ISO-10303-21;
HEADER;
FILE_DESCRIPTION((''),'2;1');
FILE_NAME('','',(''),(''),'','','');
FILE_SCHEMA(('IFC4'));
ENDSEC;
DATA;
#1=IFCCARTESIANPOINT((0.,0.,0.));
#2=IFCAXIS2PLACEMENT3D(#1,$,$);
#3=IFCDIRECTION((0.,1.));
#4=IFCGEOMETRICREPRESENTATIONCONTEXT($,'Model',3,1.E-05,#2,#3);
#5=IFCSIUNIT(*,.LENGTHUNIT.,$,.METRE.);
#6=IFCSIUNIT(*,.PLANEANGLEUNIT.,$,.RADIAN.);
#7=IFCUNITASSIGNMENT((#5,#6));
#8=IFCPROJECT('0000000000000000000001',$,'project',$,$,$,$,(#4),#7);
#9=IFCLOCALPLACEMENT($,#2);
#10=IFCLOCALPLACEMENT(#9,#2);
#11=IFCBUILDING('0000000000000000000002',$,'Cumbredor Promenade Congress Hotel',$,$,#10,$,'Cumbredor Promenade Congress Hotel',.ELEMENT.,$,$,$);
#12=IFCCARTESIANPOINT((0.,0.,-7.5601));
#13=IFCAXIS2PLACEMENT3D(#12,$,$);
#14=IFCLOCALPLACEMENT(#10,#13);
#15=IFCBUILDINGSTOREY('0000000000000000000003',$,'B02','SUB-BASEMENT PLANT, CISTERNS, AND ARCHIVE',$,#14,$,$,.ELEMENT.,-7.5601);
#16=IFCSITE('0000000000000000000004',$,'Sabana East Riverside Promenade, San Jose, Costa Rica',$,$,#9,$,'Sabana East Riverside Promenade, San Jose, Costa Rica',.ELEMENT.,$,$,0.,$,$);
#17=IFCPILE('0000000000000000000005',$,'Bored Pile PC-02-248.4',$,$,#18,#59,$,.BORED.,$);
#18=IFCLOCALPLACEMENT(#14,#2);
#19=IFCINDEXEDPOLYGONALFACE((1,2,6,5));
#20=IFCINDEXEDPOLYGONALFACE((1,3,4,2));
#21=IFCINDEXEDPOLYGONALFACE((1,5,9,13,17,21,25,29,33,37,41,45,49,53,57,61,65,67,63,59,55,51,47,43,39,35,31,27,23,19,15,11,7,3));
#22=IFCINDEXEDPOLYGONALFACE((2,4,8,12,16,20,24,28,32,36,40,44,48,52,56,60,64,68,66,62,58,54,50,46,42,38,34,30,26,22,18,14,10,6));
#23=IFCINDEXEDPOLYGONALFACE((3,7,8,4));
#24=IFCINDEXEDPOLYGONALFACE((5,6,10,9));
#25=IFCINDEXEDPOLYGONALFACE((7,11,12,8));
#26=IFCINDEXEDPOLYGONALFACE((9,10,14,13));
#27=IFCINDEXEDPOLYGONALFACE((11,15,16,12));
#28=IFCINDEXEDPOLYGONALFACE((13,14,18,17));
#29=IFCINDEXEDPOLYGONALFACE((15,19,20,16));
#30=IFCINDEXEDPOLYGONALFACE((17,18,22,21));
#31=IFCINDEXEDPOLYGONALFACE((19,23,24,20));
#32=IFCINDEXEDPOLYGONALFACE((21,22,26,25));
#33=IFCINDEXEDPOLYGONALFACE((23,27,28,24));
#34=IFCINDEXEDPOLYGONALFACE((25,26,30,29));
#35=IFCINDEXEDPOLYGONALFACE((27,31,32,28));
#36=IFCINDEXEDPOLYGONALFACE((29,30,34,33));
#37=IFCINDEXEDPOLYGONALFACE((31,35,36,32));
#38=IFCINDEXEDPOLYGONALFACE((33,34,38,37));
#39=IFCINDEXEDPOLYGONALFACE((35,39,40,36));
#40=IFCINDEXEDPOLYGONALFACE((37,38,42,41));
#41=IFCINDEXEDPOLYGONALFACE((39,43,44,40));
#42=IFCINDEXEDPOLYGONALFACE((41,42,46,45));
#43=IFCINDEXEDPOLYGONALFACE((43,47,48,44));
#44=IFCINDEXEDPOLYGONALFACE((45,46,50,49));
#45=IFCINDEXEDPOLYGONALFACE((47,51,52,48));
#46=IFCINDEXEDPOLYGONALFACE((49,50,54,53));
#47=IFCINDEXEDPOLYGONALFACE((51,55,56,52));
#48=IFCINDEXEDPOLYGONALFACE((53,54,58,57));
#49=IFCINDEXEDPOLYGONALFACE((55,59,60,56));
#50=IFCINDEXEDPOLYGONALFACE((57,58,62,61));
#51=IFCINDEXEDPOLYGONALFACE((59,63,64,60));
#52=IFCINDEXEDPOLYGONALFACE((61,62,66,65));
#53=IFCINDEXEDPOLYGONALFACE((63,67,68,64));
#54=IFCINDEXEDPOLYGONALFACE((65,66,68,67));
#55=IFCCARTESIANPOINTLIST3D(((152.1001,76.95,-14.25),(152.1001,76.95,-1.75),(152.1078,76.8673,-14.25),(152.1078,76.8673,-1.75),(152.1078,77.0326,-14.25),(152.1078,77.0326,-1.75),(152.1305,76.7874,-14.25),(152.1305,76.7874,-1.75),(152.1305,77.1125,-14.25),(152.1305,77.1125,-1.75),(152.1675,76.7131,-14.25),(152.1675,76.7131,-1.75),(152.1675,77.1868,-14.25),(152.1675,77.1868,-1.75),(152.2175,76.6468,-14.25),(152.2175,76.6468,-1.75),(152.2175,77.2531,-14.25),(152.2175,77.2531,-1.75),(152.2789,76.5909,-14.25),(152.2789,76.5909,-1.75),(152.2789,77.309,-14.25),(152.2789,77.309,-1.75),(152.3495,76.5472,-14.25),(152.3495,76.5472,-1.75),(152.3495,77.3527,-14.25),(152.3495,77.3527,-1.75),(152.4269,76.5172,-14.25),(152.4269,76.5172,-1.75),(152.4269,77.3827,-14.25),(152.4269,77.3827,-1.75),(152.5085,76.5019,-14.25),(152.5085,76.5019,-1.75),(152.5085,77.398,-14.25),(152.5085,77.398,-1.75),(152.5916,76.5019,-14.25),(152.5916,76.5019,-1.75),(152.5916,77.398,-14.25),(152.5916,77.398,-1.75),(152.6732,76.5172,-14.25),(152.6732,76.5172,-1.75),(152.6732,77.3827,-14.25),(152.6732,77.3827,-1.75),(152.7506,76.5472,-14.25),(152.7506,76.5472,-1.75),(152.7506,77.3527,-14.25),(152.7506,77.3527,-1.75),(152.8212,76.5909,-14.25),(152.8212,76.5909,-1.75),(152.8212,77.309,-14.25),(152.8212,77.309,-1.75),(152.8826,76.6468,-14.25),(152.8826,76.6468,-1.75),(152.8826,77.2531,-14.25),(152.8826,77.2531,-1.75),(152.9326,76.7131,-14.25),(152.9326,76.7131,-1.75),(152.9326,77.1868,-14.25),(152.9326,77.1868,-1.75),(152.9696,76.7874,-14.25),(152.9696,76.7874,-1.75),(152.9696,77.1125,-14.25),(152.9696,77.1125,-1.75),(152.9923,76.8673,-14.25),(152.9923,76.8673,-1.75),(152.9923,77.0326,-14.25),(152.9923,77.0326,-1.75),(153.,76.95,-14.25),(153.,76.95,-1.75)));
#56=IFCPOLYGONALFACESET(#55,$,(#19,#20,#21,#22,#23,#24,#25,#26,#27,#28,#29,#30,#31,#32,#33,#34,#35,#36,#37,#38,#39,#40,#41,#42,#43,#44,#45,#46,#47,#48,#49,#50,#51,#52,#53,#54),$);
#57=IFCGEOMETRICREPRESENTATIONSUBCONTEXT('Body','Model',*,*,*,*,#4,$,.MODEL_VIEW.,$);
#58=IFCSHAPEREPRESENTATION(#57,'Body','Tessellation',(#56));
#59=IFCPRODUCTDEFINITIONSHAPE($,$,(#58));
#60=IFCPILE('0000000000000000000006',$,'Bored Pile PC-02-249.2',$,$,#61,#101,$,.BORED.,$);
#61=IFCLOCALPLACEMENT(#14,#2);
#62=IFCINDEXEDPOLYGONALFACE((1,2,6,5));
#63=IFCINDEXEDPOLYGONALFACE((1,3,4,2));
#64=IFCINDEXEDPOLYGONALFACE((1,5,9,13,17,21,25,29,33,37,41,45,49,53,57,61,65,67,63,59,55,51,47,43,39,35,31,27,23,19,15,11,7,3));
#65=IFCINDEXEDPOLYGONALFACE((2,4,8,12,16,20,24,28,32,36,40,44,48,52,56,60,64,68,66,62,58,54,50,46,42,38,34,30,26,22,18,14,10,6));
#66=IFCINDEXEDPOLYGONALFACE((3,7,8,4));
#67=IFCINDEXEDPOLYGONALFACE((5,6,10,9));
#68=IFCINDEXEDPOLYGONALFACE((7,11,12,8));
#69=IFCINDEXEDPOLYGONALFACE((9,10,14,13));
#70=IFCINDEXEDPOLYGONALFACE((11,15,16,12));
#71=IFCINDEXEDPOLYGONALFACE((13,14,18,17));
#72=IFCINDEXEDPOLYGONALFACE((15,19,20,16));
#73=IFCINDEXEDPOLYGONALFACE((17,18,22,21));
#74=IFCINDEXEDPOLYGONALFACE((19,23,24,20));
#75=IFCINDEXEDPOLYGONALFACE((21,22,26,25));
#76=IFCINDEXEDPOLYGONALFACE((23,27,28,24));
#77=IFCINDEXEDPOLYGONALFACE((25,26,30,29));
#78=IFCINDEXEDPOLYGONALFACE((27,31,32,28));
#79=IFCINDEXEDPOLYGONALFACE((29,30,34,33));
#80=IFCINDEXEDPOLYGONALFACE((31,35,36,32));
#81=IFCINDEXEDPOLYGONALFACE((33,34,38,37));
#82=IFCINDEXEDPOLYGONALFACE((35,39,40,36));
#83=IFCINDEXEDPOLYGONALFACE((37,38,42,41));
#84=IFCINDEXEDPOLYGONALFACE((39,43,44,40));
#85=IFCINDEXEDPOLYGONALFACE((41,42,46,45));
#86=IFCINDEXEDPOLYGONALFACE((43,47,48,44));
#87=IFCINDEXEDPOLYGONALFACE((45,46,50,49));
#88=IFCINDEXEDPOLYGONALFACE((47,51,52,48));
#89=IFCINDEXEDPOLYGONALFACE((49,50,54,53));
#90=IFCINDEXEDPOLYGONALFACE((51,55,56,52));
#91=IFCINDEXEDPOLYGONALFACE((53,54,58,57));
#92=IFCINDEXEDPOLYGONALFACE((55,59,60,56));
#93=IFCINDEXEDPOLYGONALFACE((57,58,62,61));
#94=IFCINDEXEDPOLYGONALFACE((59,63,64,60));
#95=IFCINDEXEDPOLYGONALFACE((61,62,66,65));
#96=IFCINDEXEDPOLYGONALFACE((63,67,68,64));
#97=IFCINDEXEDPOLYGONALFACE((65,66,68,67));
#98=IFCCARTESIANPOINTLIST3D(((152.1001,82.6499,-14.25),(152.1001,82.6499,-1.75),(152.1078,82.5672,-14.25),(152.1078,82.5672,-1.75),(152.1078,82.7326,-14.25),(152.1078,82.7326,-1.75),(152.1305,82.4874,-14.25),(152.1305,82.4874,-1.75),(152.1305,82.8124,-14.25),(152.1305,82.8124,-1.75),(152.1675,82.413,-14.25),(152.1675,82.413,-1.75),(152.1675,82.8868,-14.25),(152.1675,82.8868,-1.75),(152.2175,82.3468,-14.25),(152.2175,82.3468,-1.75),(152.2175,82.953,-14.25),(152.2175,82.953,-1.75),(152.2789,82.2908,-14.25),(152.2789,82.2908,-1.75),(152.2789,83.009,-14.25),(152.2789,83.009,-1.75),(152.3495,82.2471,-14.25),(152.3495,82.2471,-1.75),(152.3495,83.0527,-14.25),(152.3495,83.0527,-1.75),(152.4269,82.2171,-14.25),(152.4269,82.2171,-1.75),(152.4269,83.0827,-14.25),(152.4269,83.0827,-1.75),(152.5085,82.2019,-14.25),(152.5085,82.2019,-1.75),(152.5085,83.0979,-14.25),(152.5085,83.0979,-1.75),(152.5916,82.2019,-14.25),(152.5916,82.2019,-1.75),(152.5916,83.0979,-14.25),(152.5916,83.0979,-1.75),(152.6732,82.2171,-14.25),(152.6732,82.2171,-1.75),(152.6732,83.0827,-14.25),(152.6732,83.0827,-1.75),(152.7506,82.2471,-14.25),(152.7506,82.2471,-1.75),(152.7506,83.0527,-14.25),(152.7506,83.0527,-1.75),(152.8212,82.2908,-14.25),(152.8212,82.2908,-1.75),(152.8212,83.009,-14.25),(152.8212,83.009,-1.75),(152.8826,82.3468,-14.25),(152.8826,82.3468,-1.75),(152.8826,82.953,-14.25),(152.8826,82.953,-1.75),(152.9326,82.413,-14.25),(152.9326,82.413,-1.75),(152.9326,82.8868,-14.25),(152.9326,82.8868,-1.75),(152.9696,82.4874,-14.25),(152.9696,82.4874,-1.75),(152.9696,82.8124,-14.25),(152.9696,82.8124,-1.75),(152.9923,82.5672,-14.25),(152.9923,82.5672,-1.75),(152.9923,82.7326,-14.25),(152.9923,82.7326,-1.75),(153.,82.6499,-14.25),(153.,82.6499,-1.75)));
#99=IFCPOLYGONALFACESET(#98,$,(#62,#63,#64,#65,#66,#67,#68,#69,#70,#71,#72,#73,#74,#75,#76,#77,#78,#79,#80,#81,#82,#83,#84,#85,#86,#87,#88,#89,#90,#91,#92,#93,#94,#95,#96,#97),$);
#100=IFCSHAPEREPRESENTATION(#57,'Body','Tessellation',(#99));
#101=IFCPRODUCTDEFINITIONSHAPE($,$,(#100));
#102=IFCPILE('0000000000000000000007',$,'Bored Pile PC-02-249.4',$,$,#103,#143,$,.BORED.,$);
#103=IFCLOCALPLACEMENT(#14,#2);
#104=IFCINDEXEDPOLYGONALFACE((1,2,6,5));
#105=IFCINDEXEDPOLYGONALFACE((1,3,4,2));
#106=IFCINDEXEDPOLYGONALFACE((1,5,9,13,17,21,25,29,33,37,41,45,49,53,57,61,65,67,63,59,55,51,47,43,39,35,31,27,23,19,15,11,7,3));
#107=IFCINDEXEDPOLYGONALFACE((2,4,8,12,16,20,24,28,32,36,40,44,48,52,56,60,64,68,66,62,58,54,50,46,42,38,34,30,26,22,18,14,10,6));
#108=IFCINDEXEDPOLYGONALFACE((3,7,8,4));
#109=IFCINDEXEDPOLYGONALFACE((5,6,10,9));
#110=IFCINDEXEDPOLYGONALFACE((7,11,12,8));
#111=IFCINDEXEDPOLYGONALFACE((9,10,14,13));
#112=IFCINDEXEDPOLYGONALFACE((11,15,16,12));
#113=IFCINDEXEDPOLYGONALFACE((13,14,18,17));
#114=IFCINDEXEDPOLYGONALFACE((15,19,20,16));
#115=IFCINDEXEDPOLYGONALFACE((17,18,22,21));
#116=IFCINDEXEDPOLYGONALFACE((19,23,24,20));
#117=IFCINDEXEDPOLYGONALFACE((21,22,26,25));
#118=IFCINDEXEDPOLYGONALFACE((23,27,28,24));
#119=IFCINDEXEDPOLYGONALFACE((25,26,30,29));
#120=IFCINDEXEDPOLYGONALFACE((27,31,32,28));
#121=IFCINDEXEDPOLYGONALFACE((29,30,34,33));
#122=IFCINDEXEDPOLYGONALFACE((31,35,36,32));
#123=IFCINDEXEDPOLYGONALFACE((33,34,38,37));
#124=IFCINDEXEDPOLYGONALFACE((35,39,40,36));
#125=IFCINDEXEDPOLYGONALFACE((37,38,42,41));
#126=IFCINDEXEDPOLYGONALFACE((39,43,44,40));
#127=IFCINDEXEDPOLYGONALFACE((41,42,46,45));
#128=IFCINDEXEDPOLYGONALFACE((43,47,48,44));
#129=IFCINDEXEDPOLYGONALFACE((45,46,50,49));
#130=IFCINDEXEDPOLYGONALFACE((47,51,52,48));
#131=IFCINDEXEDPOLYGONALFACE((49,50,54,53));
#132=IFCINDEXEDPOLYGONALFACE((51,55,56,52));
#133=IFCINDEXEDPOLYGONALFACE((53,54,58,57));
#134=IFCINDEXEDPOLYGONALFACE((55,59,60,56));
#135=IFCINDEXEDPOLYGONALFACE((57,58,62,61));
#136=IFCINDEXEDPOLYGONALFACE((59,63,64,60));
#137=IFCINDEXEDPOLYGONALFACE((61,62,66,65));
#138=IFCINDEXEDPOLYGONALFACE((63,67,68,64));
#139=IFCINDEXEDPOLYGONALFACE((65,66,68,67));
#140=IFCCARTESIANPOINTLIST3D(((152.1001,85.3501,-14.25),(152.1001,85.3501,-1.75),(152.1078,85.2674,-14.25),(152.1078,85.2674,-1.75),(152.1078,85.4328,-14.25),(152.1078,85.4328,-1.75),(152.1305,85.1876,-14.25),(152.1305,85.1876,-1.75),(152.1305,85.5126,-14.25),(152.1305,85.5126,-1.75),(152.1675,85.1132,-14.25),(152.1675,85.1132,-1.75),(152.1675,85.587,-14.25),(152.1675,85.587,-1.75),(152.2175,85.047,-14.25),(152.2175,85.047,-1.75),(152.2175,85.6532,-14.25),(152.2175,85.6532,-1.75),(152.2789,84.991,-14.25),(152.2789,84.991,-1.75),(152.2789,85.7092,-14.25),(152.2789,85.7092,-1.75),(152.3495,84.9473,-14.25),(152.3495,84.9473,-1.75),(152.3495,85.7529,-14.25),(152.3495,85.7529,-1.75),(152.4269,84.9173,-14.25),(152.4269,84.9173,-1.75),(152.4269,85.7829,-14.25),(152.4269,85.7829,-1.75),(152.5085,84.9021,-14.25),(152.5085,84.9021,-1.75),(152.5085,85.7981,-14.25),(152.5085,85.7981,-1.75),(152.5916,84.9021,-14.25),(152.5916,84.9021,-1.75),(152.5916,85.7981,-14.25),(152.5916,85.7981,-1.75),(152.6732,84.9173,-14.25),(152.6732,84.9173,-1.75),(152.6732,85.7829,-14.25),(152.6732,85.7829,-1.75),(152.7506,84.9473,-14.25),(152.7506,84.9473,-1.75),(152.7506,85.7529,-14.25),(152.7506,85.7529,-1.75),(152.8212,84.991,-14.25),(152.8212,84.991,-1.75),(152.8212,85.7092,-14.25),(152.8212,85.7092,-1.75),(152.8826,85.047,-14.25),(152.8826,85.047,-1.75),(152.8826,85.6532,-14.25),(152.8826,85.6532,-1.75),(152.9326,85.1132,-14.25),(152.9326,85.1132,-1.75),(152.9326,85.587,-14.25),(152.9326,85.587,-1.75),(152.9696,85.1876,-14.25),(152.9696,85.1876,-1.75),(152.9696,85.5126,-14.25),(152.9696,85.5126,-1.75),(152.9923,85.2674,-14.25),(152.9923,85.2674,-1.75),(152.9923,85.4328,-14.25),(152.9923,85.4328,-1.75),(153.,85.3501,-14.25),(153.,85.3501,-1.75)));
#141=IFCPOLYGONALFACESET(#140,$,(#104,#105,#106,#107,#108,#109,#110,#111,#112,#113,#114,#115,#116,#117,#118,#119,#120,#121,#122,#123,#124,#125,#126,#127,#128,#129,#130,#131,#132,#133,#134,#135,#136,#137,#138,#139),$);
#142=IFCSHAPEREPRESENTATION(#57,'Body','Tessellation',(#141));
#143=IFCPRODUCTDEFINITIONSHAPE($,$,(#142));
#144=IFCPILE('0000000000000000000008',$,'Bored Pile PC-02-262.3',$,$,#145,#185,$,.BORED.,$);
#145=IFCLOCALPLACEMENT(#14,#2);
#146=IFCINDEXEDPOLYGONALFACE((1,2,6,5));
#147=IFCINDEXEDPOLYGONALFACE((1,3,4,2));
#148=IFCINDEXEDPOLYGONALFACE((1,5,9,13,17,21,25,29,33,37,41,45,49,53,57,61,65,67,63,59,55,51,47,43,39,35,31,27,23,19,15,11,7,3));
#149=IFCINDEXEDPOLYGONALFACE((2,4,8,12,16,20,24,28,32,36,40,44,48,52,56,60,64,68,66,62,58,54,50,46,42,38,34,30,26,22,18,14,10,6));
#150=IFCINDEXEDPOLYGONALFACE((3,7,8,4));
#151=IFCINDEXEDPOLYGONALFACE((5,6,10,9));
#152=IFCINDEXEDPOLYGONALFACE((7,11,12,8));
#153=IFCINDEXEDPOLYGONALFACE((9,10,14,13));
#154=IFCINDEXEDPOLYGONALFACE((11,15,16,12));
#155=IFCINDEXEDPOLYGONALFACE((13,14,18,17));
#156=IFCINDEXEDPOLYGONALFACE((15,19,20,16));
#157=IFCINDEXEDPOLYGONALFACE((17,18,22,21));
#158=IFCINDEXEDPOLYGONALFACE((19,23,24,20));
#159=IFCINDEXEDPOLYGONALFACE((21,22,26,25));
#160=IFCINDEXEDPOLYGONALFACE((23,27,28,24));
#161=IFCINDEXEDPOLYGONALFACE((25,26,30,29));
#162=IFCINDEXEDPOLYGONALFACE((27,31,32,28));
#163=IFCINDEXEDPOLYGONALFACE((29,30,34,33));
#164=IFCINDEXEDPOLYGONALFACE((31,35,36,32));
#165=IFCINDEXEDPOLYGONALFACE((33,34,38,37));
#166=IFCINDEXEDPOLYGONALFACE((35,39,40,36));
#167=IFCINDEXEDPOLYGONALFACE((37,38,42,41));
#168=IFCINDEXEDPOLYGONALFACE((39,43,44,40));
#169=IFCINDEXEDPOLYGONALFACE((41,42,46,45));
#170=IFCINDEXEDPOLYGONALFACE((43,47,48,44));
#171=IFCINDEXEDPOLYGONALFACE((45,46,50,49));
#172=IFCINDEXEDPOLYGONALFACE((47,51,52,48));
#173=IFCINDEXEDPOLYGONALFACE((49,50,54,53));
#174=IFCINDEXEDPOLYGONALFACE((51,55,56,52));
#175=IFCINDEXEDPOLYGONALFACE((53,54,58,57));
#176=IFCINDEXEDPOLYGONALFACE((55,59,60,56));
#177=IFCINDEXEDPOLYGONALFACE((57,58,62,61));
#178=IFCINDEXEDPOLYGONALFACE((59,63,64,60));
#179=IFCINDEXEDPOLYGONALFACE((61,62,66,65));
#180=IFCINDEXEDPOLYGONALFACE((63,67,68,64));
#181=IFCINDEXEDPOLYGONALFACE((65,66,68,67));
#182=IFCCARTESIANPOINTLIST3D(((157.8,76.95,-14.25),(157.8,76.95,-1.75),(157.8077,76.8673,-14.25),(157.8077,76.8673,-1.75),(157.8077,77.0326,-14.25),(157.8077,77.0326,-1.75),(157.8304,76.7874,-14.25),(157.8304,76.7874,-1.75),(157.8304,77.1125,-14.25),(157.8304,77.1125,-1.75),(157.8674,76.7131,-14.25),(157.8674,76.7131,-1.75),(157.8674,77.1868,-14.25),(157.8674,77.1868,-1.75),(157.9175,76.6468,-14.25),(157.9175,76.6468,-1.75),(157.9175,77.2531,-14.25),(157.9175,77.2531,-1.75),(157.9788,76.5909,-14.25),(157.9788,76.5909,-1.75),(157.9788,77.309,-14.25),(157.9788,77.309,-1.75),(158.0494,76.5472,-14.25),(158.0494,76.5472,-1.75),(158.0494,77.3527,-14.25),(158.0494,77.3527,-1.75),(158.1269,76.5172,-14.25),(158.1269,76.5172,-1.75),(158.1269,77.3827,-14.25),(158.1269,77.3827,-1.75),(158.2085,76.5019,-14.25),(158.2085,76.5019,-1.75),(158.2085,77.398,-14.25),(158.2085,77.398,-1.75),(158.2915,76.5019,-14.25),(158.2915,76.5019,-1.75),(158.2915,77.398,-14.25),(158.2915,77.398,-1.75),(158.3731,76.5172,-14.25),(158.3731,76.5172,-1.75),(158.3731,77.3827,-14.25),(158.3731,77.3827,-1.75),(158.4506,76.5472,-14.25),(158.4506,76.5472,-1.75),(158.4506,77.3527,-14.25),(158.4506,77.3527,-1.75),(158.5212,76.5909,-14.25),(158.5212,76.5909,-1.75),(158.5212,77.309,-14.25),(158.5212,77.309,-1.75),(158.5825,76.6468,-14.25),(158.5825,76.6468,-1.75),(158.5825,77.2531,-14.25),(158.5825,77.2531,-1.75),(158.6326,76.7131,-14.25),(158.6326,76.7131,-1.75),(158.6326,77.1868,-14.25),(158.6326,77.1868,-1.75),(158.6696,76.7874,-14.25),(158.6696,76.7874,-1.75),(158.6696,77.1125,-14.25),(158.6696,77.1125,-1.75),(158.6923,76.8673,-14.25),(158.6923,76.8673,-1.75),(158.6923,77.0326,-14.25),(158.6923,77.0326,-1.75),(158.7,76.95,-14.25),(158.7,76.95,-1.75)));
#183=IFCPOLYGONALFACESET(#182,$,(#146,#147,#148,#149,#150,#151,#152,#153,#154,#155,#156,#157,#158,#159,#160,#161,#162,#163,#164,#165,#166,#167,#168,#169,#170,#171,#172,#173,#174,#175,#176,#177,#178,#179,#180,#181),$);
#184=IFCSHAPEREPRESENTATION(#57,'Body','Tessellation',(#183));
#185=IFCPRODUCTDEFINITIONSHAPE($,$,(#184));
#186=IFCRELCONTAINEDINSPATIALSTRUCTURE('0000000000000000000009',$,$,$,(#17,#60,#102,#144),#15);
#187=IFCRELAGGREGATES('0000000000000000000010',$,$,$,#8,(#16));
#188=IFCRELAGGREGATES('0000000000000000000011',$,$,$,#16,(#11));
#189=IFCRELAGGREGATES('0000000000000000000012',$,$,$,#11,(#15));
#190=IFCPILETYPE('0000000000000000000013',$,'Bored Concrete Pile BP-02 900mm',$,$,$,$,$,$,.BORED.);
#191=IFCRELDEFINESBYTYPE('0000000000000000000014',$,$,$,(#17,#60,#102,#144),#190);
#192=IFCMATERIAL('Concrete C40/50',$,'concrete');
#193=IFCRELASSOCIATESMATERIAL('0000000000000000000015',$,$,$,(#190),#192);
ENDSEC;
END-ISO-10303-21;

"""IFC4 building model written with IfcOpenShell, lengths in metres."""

from ifc_helpers import new_model, si_unit, direction, frame, origin, origin_2d, place, context, subcontext, project, spatial, circle, extrude, material, material_profile, profile_set, type_object, element, save


model = new_model("IFC4")

# Units and contexts
model_context = context("Model", 3, precision=1e-05, world=origin(), true_north=direction((0.0, 1.0)))
body_context = subcontext(model_context, "Body", "Model", "MODEL_VIEW")
ifc_project = project(units=[si_unit("LENGTHUNIT", "METRE"), si_unit("PLANEANGLEUNIT", "RADIAN")], contexts=[model_context])

# Site, building, storey
site_placement = place(None, origin())
site = spatial("IfcSite", under=ifc_project, at=site_placement, Name="Sabana East Riverside Promenade, San Jose, Costa Rica", LongName="Sabana East Riverside Promenade, San Jose, Costa Rica", CompositionType="ELEMENT", RefElevation=0.0)
building_placement = place(site_placement, origin())
building = spatial("IfcBuilding", under=site, at=building_placement, Name="Cumbredor Promenade Congress Hotel", LongName="Cumbredor Promenade Congress Hotel", CompositionType="ELEMENT")
storey_placement = place(building_placement, frame((0.0, 0.0, -7.5601)))
storey = spatial("IfcBuildingStorey", under=building, at=storey_placement, Name="B02", Description="SUB-BASEMENT PLANT, CISTERNS, AND ARCHIVE", CompositionType="ELEMENT", Elevation=-7.5601)

# Piles
ifc_material_1 = material(Name="Concrete C40/50", Category="concrete")
ifc_material_profile_1 = material_profile(ifc_material_1, circle(Radius=0.45, at=origin_2d()), Name="PILE D900")
ifc_profile_set_1 = profile_set([ifc_material_profile_1], Name="Concrete C40/50")
pile_type = type_object("IfcPileType", Name="Bored Concrete Pile BP-02 900mm", PredefinedType="BORED", material=ifc_profile_set_1)
for number, where, z_axis, x_axis, name in (
    (1, (152.55, 76.95, -1.75), (0.0, 0.0, -1.0), (1.0, 0.0, 0.0), "Bored Pile PC-02-248.4"),
    (2, (152.55, 82.6499, -1.75), (0.0, 0.0, -1.0), (1.0, 0.0, 0.0), "Bored Pile PC-02-249.2"),
    (3, (152.55, 85.3501, -1.75), (0.0, 0.0, -1.0), (1.0, 0.0, 0.0), "Bored Pile PC-02-249.4"),
    (4, (158.25, 76.95, -1.75), (0.0, 0.0, -1.0), (1.0, 0.0, 0.0), "Bored Pile PC-02-262.3"),
):
    element("IfcPile", number, at=place(storey_placement, frame(where, z_axis=z_axis, x_axis=x_axis)), inside=storey, type_object=pile_type, Name=name, PredefinedType="BORED", context=body_context, shape_type="SweptSolid", body=[
        extrude(circle(Radius=0.45, at=origin_2d()), origin(), (0.0, 0.0, 1.0), 12.5),
    ])

save(model, "model.ifc")
